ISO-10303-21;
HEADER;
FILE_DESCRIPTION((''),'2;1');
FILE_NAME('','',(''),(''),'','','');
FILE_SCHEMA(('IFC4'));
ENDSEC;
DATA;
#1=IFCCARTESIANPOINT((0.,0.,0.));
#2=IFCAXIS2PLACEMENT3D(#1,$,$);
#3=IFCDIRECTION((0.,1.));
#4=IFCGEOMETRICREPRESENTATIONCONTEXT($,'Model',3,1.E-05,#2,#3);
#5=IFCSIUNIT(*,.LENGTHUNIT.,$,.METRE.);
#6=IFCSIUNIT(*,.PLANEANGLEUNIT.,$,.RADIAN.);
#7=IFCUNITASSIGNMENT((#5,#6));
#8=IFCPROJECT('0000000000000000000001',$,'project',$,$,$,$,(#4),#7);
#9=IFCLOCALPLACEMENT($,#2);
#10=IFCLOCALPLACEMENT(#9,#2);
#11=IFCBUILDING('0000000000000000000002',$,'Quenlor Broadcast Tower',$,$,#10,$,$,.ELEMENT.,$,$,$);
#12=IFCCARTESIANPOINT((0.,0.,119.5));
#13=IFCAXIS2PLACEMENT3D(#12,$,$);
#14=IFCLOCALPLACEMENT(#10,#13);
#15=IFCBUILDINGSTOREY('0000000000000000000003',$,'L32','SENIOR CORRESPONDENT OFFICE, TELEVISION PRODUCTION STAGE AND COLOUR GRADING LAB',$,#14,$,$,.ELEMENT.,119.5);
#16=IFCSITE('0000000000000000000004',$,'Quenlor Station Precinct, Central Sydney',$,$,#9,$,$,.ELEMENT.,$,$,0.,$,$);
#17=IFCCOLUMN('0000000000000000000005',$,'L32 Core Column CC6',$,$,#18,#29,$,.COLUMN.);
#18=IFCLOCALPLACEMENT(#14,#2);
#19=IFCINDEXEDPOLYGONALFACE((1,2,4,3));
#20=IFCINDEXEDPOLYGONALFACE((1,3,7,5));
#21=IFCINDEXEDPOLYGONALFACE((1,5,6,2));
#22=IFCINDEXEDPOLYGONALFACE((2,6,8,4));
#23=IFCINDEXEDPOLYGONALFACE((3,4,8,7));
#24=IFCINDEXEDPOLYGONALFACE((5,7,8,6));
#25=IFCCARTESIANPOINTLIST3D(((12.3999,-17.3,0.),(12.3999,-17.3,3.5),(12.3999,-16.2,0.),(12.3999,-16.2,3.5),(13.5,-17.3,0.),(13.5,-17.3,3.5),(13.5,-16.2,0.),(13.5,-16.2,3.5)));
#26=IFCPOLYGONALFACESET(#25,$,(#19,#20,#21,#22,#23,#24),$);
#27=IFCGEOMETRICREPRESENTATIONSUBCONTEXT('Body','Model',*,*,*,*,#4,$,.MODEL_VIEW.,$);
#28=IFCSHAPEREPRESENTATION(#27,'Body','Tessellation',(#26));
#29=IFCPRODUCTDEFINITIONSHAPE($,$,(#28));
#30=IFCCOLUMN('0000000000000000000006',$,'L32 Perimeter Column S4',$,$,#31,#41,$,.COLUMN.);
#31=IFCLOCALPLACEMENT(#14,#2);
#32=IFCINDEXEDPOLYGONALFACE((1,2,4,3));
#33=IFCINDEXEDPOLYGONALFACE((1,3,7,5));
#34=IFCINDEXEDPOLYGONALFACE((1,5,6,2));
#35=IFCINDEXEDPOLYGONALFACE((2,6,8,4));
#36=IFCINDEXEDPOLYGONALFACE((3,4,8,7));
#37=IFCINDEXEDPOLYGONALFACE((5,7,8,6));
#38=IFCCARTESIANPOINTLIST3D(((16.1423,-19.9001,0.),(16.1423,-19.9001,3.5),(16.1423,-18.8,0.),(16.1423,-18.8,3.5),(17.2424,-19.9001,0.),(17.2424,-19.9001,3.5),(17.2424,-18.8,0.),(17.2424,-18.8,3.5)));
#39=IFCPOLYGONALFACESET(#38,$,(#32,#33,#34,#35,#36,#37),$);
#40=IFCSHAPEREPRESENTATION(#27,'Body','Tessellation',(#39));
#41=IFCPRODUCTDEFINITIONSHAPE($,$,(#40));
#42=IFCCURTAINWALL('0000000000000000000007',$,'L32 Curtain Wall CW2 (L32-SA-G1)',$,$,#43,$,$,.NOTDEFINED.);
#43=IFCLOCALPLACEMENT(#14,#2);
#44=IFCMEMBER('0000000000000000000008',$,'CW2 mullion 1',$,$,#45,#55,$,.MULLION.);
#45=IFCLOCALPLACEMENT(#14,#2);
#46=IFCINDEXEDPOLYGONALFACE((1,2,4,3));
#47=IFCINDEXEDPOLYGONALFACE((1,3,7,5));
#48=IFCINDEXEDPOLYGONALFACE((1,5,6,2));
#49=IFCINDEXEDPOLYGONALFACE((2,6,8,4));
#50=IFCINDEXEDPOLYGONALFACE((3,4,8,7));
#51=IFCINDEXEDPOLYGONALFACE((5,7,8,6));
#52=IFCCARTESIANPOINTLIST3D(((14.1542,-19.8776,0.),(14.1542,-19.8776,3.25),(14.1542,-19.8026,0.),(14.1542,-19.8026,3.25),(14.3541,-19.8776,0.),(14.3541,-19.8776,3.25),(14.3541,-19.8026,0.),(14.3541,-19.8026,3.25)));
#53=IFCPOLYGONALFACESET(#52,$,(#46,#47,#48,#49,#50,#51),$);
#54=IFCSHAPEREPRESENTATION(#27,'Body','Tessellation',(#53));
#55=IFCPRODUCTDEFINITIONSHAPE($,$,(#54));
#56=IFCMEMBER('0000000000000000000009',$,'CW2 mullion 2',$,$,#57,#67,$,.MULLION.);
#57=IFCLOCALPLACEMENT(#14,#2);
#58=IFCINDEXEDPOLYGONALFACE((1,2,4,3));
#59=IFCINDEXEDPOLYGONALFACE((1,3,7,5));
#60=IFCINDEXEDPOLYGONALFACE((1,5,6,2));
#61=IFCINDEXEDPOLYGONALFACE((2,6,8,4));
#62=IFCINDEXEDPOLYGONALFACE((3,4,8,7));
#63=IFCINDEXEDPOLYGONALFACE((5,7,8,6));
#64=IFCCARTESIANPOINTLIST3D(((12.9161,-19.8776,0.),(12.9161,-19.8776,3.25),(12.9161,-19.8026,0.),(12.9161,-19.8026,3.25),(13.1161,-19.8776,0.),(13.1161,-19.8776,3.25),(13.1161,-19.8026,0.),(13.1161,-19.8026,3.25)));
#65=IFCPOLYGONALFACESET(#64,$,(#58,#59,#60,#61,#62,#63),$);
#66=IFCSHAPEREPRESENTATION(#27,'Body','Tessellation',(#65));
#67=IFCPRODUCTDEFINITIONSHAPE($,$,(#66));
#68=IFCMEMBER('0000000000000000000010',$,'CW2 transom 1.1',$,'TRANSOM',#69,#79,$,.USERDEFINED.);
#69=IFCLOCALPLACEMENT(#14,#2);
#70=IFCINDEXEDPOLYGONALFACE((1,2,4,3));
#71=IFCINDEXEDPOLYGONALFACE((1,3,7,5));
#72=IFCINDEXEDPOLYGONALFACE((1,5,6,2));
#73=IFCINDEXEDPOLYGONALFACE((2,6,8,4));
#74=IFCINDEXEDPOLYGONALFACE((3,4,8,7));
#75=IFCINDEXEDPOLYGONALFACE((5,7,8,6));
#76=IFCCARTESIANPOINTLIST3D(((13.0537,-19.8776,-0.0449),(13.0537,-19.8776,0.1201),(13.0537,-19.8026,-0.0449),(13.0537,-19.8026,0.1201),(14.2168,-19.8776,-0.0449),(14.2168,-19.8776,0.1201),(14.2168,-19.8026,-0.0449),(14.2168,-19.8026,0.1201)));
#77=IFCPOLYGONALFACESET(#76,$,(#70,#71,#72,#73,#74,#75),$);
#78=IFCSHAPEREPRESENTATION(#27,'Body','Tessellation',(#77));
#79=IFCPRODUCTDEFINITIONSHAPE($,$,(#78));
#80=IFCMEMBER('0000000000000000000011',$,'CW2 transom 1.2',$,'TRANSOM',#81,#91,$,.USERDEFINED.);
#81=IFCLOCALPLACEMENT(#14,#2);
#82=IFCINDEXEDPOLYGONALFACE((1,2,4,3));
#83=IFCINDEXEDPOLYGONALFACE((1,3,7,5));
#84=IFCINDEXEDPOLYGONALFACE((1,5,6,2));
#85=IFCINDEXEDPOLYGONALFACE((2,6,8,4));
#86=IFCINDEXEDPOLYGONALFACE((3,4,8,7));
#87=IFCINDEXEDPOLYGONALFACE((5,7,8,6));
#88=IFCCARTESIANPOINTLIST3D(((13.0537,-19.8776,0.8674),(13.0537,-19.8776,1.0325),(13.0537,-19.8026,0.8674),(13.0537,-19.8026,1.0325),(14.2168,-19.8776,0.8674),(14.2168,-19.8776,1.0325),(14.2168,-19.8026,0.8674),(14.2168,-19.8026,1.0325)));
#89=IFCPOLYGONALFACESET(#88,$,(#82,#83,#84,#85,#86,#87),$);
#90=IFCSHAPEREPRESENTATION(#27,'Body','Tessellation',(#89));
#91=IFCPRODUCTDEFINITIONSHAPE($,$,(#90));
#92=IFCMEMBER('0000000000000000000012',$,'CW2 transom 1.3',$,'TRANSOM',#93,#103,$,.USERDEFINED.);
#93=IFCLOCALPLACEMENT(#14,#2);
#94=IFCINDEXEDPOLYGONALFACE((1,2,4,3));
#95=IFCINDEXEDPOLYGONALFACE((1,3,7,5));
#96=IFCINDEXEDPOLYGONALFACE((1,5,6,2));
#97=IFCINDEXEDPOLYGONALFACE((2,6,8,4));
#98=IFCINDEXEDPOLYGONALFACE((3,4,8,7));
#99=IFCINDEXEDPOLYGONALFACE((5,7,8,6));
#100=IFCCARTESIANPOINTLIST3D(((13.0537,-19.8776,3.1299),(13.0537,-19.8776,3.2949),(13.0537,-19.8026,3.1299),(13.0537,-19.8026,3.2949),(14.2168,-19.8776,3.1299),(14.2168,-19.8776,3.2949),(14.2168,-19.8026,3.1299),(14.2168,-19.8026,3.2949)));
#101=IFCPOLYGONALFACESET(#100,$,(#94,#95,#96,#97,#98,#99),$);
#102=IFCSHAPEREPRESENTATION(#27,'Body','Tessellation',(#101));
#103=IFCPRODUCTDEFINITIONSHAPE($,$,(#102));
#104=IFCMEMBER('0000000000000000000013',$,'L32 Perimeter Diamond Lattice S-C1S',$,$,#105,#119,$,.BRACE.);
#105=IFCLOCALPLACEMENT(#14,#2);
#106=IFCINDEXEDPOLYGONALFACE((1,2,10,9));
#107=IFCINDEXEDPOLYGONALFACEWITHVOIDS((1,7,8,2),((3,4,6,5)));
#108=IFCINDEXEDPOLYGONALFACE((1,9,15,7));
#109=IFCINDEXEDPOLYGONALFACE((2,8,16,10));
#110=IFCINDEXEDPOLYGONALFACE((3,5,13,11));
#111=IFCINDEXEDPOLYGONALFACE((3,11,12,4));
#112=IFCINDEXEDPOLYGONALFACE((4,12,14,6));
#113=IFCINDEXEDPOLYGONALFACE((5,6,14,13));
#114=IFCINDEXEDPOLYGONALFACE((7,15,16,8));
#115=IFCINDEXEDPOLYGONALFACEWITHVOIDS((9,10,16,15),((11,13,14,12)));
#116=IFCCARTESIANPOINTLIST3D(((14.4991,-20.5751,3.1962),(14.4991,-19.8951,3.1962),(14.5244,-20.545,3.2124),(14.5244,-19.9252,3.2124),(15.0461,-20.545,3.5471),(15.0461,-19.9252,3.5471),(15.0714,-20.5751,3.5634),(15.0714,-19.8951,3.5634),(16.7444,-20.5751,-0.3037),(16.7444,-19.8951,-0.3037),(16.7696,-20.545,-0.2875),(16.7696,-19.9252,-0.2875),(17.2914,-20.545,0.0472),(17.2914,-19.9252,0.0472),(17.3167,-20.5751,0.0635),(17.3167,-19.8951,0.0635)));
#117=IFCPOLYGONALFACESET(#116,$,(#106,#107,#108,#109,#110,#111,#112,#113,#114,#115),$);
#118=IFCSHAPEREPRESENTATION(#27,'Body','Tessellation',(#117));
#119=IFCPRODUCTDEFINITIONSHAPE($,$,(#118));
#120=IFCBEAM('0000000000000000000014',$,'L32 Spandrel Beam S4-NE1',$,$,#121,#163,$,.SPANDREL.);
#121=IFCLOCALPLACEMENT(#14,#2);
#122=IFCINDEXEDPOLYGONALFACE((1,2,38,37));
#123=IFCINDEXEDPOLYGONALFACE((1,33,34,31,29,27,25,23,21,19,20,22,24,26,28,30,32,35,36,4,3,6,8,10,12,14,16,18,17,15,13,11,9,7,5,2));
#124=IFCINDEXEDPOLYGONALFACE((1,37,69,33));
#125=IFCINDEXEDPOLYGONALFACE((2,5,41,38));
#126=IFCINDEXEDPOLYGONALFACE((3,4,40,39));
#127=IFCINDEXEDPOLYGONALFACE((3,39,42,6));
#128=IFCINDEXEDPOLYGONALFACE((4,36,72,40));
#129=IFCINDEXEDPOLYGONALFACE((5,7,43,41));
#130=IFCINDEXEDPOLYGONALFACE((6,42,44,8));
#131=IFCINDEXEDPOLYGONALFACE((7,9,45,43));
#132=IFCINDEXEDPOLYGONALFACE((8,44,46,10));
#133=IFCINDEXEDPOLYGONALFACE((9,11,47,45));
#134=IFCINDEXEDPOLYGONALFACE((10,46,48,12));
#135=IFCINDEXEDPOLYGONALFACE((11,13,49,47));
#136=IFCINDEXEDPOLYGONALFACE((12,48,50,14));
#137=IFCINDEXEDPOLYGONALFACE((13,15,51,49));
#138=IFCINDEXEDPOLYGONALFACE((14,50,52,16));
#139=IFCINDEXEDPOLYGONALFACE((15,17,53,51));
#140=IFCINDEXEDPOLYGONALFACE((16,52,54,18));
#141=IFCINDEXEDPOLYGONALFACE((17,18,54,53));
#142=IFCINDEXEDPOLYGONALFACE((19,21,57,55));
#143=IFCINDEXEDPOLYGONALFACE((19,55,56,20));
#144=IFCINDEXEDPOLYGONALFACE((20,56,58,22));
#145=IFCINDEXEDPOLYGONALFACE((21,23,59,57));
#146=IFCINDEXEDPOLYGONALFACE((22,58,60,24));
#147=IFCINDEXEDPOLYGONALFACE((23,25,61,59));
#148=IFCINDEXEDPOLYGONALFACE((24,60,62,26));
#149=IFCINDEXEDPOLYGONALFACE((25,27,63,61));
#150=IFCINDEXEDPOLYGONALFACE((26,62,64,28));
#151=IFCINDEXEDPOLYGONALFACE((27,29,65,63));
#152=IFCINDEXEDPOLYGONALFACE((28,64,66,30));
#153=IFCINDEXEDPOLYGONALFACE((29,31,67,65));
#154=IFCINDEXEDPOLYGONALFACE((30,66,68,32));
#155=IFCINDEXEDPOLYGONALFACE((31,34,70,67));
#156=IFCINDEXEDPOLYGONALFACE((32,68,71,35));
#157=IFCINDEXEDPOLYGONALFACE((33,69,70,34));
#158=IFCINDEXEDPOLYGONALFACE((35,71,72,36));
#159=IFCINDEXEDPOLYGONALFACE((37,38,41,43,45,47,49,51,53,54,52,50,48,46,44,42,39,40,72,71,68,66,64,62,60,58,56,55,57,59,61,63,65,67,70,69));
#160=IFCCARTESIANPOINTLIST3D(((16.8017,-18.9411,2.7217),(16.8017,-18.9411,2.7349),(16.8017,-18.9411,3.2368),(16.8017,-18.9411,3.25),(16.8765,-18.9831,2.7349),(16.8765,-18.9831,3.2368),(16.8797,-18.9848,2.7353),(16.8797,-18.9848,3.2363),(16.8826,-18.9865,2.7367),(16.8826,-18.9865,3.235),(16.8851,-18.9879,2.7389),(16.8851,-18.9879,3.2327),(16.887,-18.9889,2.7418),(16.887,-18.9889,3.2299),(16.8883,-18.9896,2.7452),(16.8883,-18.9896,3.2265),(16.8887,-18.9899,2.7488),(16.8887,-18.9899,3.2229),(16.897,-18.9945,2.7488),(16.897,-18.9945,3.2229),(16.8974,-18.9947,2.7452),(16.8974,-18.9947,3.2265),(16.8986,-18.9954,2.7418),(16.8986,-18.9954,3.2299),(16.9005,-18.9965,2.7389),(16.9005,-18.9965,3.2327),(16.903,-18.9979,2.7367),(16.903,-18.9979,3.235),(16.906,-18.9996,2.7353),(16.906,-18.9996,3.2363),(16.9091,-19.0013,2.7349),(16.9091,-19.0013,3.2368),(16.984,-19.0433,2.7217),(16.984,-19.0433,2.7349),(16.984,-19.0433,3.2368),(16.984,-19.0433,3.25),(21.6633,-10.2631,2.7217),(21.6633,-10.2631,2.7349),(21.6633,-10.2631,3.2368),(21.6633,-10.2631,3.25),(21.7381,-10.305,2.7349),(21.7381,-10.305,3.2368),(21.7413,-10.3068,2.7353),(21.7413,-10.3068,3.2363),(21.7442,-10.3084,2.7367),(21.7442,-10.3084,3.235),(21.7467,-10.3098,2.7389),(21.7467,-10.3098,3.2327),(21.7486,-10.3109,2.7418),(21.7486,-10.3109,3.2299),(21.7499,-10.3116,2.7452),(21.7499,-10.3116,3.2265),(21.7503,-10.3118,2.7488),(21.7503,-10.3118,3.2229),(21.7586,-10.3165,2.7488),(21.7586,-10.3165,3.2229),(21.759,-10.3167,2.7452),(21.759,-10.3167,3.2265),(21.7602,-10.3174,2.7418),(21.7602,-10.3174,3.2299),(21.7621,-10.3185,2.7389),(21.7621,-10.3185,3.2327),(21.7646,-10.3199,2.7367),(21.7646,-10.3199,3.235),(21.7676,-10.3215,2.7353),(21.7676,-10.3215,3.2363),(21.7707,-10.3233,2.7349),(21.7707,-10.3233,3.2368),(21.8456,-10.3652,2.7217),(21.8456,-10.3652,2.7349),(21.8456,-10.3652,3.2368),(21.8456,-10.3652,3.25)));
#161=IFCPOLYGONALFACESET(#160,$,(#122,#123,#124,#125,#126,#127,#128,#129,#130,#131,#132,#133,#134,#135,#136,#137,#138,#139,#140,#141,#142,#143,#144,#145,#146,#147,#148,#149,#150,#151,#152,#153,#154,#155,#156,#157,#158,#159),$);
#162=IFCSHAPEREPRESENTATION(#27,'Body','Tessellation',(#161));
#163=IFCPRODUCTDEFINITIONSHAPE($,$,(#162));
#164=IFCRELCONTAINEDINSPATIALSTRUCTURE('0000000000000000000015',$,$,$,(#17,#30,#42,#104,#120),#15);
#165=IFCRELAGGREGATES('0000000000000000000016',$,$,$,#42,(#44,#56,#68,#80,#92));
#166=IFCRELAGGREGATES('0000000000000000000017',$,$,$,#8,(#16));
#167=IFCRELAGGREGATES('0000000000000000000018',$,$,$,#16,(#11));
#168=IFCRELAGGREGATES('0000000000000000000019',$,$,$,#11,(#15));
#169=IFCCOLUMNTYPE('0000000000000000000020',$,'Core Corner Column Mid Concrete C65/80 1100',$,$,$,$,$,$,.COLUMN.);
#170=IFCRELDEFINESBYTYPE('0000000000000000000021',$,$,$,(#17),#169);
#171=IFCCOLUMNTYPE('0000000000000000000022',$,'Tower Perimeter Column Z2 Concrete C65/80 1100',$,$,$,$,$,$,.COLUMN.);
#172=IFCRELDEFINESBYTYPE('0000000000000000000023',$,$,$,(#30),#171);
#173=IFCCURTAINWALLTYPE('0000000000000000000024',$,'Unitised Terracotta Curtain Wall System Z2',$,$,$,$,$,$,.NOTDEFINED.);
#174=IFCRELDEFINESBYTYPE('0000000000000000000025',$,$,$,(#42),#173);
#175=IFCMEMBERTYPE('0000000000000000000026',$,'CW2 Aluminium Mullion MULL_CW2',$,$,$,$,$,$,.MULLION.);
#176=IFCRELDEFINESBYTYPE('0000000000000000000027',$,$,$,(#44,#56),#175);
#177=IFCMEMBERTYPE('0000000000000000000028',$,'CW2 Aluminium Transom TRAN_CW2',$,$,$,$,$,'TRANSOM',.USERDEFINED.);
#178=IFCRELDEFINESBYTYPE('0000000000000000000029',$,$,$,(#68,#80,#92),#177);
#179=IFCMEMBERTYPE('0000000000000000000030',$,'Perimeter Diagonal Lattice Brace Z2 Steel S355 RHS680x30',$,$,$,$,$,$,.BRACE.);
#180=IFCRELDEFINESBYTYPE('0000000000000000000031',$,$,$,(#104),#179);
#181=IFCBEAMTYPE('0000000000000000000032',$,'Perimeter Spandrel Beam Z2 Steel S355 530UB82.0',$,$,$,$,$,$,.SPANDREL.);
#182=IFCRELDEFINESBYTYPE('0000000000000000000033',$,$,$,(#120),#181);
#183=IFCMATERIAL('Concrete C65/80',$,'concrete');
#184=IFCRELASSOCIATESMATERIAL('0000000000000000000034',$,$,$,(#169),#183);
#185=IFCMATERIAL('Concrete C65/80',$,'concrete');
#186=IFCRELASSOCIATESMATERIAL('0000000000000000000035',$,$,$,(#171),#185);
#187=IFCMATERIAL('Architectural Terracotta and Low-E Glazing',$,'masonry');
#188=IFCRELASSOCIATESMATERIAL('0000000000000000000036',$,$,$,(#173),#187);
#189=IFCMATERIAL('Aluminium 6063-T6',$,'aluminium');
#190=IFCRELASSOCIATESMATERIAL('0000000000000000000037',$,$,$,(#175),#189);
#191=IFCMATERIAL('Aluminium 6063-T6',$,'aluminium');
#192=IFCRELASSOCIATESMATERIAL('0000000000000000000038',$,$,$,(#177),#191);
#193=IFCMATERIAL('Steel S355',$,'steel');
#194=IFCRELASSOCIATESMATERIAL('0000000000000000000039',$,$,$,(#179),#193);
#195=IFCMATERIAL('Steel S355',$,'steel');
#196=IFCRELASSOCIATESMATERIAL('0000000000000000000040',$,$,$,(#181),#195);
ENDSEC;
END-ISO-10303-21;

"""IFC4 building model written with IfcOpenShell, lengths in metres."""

from ifc_helpers import new_model, si_unit, direction, frame, origin, origin_2d, place, context, subcontext, project, spatial, rectangle, hollow_rectangle, i_section, extrude, material, material_profile, profile_set, type_object, element, aggregate, save


model = new_model("IFC4")

# Units and contexts
model_context = context("Model", 3, precision=1e-05, world=origin(), true_north=direction((0.0, 1.0)))
body_context = subcontext(model_context, "Body", "Model", "MODEL_VIEW")
ifc_project = project(units=[si_unit("LENGTHUNIT", "METRE"), si_unit("PLANEANGLEUNIT", "RADIAN")], contexts=[model_context])

# Site, building, storey
site_placement = place(None, origin())
site = spatial("IfcSite", under=ifc_project, at=site_placement, Name="Quenlor Station Precinct, Central Sydney", CompositionType="ELEMENT", RefElevation=0.0)
building_placement = place(site_placement, origin())
building = spatial("IfcBuilding", under=site, at=building_placement, Name="Quenlor Broadcast Tower", CompositionType="ELEMENT")
storey_placement = place(building_placement, frame((0.0, 0.0, 119.5)))
storey = spatial("IfcBuildingStorey", under=building, at=storey_placement, Name="L32", Description="SENIOR CORRESPONDENT OFFICE, TELEVISION PRODUCTION STAGE AND COLOUR GRADING LAB", CompositionType="ELEMENT", Elevation=119.5)

# Columns
ifc_material_1 = material(Name="Concrete C65/80", Category="concrete")
ifc_material_profile_1 = material_profile(ifc_material_1, rectangle(XDim=1.1001, YDim=1.1001, at=origin_2d()))
ifc_profile_set_1 = profile_set([ifc_material_profile_1], Name="Concrete C65/80 RC1100x1100")
column_type_1 = type_object("IfcColumnType", Name="Core Corner Column Mid Concrete C65/80 1100", PredefinedType="COLUMN", material=ifc_profile_set_1)
column_1_placement = place(storey_placement, frame((12.95, -16.75, 0.0), z_axis=(0.0, 0.0, 1.0), x_axis=(1.0, 0.0, 0.0)))
element("IfcColumn", 1, at=column_1_placement, inside=storey, type_object=column_type_1, Name="L32 Core Column CC6", PredefinedType="COLUMN", context=body_context, shape_type="SweptSolid", body=[
    extrude(rectangle(XDim=1.1001, YDim=1.1001, at=origin_2d()), origin(), (0.0, 0.0, 1.0), 3.5),
])
ifc_material_2 = material(Name="Concrete C65/80", Category="concrete")
ifc_material_profile_2 = material_profile(ifc_material_2, rectangle(XDim=1.1001, YDim=1.1001, at=origin_2d()))
ifc_profile_set_2 = profile_set([ifc_material_profile_2], Name="Concrete C65/80 RC1100x1100")
column_type_2 = type_object("IfcColumnType", Name="Tower Perimeter Column Z2 Concrete C65/80 1100", PredefinedType="COLUMN", material=ifc_profile_set_2)
column_2_placement = place(storey_placement, frame((16.6924, -19.3501, 0.0), z_axis=(0.0, 0.0, 1.0), x_axis=(0.0, 1.0, 0.0)))
element("IfcColumn", 2, at=column_2_placement, inside=storey, type_object=column_type_2, Name="L32 Perimeter Column S4", PredefinedType="COLUMN", context=body_context, shape_type="SweptSolid", body=[
    extrude(rectangle(XDim=1.1001, YDim=1.1001, at=origin_2d()), origin(), (0.0, 0.0, 1.0), 3.5),
])

# Curtain wall, members
ifc_material_3 = material(Name="Architectural Terracotta and Low-E Glazing", Category="masonry")
curtain_wall_type = type_object("IfcCurtainWallType", Name="Unitised Terracotta Curtain Wall System Z2", PredefinedType="NOTDEFINED", material=ifc_material_3)
curtain_wall_placement = place(storey_placement, origin())
curtain_wall = element("IfcCurtainWall", 3, at=curtain_wall_placement, inside=storey, type_object=curtain_wall_type, Name="L32 Curtain Wall CW2 (L32-SA-G1)", PredefinedType="NOTDEFINED")
ifc_material_4 = material(Name="Aluminium 6063-T6", Category="aluminium")
ifc_material_profile_3 = material_profile(ifc_material_4, rectangle(XDim=0.075, YDim=0.2, at=origin_2d()))
ifc_profile_set_3 = profile_set([ifc_material_profile_3], Name="Aluminium 6063-T6 MULL75x200")
member_type_1 = type_object("IfcMemberType", Name="CW2 Aluminium Mullion MULL_CW2", PredefinedType="MULLION", material=ifc_profile_set_3)
member_1_placement = place(storey_placement, frame((14.2542, -19.8401, 0.0), z_axis=(0.0, 0.0, 1.0), x_axis=(0.0, -1.0, 0.0)))
member_1 = element("IfcMember", 4, at=member_1_placement, type_object=member_type_1, Name="CW2 mullion 1", PredefinedType="MULLION", context=body_context, shape_type="SweptSolid", body=[
    extrude(rectangle(XDim=0.075, YDim=0.2, at=origin_2d()), origin(), (0.0, 0.0, 1.0), 3.25),
])
member_2_placement = place(storey_placement, frame((13.0161, -19.8401, 0.0), z_axis=(0.0, 0.0, 1.0), x_axis=(0.0, -1.0, 0.0)))
member_2 = element("IfcMember", 5, at=member_2_placement, type_object=member_type_1, Name="CW2 mullion 2", PredefinedType="MULLION", context=body_context, shape_type="SweptSolid", body=[
    extrude(rectangle(XDim=0.075, YDim=0.2, at=origin_2d()), origin(), (0.0, 0.0, 1.0), 3.25),
])
ifc_material_5 = material(Name="Aluminium 6063-T6", Category="aluminium")
ifc_material_profile_4 = material_profile(ifc_material_5, rectangle(XDim=0.075, YDim=0.165, at=origin_2d()))
ifc_profile_set_4 = profile_set([ifc_material_profile_4], Name="Aluminium 6063-T6 TRAN75x165")
member_type_2 = type_object("IfcMemberType", Name="CW2 Aluminium Transom TRAN_CW2", ElementType="TRANSOM", PredefinedType="USERDEFINED", material=ifc_profile_set_4)
member_3_placement = place(storey_placement, frame((14.2168, -19.8401, 0.0376), z_axis=(-1.0, 0.0, 0.0), x_axis=(0.0, -1.0, 0.0)))
member_3 = element("IfcMember", 6, at=member_3_placement, type_object=member_type_2, Name="CW2 transom 1.1", ObjectType="TRANSOM", PredefinedType="USERDEFINED", context=body_context, shape_type="SweptSolid", body=[
    extrude(rectangle(XDim=0.075, YDim=0.165, at=origin_2d()), origin(), (0.0, 0.0, 1.0), 1.1631),
])
member_4_placement = place(storey_placement, frame((14.2168, -19.8401, 0.95), z_axis=(-1.0, 0.0, 0.0), x_axis=(0.0, -1.0, 0.0)))
member_4 = element("IfcMember", 7, at=member_4_placement, type_object=member_type_2, Name="CW2 transom 1.2", ObjectType="TRANSOM", PredefinedType="USERDEFINED", context=body_context, shape_type="SweptSolid", body=[
    extrude(rectangle(XDim=0.075, YDim=0.165, at=origin_2d()), origin(), (0.0, 0.0, 1.0), 1.1631),
])
member_5_placement = place(storey_placement, frame((14.2168, -19.8401, 3.2124), z_axis=(-1.0, 0.0, 0.0), x_axis=(0.0, -1.0, 0.0)))
member_5 = element("IfcMember", 8, at=member_5_placement, type_object=member_type_2, Name="CW2 transom 1.3", ObjectType="TRANSOM", PredefinedType="USERDEFINED", context=body_context, shape_type="SweptSolid", body=[
    extrude(rectangle(XDim=0.075, YDim=0.165, at=origin_2d()), origin(), (0.0, 0.0, 1.0), 1.1631),
])

# Member
ifc_material_6 = material(Name="Steel S355", Category="steel")
ifc_material_profile_5 = material_profile(ifc_material_6, hollow_rectangle(XDim=0.6799, YDim=0.6799, WallThickness=0.03, at=origin_2d()))
ifc_profile_set_5 = profile_set([ifc_material_profile_5], Name="Steel S355 RHS680x680x30")
member_type_3 = type_object("IfcMemberType", Name="Perimeter Diagonal Lattice Brace Z2 Steel S355 RHS680x30", PredefinedType="BRACE", material=ifc_profile_set_5)
member_6_placement = place(storey_placement, frame((17.0305, -20.2351, -0.1201), z_axis=(-0.539968, 0.0, 0.841686), x_axis=(0.0, -1.0, 0.0)))
element("IfcMember", 9, at=member_6_placement, inside=storey, type_object=member_type_3, Name="L32 Perimeter Diamond Lattice S-C1S", PredefinedType="BRACE", context=body_context, shape_type="SweptSolid", body=[
    extrude(hollow_rectangle(XDim=0.6799, YDim=0.6799, WallThickness=0.03, at=origin_2d()), origin(), (0.0, 0.0, 1.0), 4.1582),
])

# Beam
ifc_material_7 = material(Name="Steel S355", Category="steel")
ifc_material_profile_6 = material_profile(ifc_material_7, i_section(OverallWidth=0.209, OverallDepth=0.5283, WebThickness=0.0095, FlangeThickness=0.0132, FilletRadius=0.0139, at=origin_2d()))
ifc_profile_set_6 = profile_set([ifc_material_profile_6], Name="Steel S355 530UB82.0")
beam_type_1 = type_object("IfcBeamType", Name="Perimeter Spandrel Beam Z2 Steel S355 530UB82.0", PredefinedType="SPANDREL", material=ifc_profile_set_6)
beam_1_placement = place(storey_placement, frame((16.8928, -18.9922, 2.9858), z_axis=(0.488749, 0.872424, 0.0), x_axis=(-0.872424, 0.488749, 0.0)))
element("IfcBeam", 10, at=beam_1_placement, inside=storey, type_object=beam_type_1, Name="L32 Spandrel Beam S4-NE1", PredefinedType="SPANDREL", context=body_context, shape_type="SweptSolid", body=[
    extrude(i_section(OverallWidth=0.209, OverallDepth=0.5283, WebThickness=0.0095, FlangeThickness=0.0132, FilletRadius=0.0139, at=origin_2d()), origin(), (0.0, 0.0, 1.0), 9.947),
])

aggregate(curtain_wall, [member_1, member_2, member_3, member_4, member_5])

save(model, "model.ifc")
